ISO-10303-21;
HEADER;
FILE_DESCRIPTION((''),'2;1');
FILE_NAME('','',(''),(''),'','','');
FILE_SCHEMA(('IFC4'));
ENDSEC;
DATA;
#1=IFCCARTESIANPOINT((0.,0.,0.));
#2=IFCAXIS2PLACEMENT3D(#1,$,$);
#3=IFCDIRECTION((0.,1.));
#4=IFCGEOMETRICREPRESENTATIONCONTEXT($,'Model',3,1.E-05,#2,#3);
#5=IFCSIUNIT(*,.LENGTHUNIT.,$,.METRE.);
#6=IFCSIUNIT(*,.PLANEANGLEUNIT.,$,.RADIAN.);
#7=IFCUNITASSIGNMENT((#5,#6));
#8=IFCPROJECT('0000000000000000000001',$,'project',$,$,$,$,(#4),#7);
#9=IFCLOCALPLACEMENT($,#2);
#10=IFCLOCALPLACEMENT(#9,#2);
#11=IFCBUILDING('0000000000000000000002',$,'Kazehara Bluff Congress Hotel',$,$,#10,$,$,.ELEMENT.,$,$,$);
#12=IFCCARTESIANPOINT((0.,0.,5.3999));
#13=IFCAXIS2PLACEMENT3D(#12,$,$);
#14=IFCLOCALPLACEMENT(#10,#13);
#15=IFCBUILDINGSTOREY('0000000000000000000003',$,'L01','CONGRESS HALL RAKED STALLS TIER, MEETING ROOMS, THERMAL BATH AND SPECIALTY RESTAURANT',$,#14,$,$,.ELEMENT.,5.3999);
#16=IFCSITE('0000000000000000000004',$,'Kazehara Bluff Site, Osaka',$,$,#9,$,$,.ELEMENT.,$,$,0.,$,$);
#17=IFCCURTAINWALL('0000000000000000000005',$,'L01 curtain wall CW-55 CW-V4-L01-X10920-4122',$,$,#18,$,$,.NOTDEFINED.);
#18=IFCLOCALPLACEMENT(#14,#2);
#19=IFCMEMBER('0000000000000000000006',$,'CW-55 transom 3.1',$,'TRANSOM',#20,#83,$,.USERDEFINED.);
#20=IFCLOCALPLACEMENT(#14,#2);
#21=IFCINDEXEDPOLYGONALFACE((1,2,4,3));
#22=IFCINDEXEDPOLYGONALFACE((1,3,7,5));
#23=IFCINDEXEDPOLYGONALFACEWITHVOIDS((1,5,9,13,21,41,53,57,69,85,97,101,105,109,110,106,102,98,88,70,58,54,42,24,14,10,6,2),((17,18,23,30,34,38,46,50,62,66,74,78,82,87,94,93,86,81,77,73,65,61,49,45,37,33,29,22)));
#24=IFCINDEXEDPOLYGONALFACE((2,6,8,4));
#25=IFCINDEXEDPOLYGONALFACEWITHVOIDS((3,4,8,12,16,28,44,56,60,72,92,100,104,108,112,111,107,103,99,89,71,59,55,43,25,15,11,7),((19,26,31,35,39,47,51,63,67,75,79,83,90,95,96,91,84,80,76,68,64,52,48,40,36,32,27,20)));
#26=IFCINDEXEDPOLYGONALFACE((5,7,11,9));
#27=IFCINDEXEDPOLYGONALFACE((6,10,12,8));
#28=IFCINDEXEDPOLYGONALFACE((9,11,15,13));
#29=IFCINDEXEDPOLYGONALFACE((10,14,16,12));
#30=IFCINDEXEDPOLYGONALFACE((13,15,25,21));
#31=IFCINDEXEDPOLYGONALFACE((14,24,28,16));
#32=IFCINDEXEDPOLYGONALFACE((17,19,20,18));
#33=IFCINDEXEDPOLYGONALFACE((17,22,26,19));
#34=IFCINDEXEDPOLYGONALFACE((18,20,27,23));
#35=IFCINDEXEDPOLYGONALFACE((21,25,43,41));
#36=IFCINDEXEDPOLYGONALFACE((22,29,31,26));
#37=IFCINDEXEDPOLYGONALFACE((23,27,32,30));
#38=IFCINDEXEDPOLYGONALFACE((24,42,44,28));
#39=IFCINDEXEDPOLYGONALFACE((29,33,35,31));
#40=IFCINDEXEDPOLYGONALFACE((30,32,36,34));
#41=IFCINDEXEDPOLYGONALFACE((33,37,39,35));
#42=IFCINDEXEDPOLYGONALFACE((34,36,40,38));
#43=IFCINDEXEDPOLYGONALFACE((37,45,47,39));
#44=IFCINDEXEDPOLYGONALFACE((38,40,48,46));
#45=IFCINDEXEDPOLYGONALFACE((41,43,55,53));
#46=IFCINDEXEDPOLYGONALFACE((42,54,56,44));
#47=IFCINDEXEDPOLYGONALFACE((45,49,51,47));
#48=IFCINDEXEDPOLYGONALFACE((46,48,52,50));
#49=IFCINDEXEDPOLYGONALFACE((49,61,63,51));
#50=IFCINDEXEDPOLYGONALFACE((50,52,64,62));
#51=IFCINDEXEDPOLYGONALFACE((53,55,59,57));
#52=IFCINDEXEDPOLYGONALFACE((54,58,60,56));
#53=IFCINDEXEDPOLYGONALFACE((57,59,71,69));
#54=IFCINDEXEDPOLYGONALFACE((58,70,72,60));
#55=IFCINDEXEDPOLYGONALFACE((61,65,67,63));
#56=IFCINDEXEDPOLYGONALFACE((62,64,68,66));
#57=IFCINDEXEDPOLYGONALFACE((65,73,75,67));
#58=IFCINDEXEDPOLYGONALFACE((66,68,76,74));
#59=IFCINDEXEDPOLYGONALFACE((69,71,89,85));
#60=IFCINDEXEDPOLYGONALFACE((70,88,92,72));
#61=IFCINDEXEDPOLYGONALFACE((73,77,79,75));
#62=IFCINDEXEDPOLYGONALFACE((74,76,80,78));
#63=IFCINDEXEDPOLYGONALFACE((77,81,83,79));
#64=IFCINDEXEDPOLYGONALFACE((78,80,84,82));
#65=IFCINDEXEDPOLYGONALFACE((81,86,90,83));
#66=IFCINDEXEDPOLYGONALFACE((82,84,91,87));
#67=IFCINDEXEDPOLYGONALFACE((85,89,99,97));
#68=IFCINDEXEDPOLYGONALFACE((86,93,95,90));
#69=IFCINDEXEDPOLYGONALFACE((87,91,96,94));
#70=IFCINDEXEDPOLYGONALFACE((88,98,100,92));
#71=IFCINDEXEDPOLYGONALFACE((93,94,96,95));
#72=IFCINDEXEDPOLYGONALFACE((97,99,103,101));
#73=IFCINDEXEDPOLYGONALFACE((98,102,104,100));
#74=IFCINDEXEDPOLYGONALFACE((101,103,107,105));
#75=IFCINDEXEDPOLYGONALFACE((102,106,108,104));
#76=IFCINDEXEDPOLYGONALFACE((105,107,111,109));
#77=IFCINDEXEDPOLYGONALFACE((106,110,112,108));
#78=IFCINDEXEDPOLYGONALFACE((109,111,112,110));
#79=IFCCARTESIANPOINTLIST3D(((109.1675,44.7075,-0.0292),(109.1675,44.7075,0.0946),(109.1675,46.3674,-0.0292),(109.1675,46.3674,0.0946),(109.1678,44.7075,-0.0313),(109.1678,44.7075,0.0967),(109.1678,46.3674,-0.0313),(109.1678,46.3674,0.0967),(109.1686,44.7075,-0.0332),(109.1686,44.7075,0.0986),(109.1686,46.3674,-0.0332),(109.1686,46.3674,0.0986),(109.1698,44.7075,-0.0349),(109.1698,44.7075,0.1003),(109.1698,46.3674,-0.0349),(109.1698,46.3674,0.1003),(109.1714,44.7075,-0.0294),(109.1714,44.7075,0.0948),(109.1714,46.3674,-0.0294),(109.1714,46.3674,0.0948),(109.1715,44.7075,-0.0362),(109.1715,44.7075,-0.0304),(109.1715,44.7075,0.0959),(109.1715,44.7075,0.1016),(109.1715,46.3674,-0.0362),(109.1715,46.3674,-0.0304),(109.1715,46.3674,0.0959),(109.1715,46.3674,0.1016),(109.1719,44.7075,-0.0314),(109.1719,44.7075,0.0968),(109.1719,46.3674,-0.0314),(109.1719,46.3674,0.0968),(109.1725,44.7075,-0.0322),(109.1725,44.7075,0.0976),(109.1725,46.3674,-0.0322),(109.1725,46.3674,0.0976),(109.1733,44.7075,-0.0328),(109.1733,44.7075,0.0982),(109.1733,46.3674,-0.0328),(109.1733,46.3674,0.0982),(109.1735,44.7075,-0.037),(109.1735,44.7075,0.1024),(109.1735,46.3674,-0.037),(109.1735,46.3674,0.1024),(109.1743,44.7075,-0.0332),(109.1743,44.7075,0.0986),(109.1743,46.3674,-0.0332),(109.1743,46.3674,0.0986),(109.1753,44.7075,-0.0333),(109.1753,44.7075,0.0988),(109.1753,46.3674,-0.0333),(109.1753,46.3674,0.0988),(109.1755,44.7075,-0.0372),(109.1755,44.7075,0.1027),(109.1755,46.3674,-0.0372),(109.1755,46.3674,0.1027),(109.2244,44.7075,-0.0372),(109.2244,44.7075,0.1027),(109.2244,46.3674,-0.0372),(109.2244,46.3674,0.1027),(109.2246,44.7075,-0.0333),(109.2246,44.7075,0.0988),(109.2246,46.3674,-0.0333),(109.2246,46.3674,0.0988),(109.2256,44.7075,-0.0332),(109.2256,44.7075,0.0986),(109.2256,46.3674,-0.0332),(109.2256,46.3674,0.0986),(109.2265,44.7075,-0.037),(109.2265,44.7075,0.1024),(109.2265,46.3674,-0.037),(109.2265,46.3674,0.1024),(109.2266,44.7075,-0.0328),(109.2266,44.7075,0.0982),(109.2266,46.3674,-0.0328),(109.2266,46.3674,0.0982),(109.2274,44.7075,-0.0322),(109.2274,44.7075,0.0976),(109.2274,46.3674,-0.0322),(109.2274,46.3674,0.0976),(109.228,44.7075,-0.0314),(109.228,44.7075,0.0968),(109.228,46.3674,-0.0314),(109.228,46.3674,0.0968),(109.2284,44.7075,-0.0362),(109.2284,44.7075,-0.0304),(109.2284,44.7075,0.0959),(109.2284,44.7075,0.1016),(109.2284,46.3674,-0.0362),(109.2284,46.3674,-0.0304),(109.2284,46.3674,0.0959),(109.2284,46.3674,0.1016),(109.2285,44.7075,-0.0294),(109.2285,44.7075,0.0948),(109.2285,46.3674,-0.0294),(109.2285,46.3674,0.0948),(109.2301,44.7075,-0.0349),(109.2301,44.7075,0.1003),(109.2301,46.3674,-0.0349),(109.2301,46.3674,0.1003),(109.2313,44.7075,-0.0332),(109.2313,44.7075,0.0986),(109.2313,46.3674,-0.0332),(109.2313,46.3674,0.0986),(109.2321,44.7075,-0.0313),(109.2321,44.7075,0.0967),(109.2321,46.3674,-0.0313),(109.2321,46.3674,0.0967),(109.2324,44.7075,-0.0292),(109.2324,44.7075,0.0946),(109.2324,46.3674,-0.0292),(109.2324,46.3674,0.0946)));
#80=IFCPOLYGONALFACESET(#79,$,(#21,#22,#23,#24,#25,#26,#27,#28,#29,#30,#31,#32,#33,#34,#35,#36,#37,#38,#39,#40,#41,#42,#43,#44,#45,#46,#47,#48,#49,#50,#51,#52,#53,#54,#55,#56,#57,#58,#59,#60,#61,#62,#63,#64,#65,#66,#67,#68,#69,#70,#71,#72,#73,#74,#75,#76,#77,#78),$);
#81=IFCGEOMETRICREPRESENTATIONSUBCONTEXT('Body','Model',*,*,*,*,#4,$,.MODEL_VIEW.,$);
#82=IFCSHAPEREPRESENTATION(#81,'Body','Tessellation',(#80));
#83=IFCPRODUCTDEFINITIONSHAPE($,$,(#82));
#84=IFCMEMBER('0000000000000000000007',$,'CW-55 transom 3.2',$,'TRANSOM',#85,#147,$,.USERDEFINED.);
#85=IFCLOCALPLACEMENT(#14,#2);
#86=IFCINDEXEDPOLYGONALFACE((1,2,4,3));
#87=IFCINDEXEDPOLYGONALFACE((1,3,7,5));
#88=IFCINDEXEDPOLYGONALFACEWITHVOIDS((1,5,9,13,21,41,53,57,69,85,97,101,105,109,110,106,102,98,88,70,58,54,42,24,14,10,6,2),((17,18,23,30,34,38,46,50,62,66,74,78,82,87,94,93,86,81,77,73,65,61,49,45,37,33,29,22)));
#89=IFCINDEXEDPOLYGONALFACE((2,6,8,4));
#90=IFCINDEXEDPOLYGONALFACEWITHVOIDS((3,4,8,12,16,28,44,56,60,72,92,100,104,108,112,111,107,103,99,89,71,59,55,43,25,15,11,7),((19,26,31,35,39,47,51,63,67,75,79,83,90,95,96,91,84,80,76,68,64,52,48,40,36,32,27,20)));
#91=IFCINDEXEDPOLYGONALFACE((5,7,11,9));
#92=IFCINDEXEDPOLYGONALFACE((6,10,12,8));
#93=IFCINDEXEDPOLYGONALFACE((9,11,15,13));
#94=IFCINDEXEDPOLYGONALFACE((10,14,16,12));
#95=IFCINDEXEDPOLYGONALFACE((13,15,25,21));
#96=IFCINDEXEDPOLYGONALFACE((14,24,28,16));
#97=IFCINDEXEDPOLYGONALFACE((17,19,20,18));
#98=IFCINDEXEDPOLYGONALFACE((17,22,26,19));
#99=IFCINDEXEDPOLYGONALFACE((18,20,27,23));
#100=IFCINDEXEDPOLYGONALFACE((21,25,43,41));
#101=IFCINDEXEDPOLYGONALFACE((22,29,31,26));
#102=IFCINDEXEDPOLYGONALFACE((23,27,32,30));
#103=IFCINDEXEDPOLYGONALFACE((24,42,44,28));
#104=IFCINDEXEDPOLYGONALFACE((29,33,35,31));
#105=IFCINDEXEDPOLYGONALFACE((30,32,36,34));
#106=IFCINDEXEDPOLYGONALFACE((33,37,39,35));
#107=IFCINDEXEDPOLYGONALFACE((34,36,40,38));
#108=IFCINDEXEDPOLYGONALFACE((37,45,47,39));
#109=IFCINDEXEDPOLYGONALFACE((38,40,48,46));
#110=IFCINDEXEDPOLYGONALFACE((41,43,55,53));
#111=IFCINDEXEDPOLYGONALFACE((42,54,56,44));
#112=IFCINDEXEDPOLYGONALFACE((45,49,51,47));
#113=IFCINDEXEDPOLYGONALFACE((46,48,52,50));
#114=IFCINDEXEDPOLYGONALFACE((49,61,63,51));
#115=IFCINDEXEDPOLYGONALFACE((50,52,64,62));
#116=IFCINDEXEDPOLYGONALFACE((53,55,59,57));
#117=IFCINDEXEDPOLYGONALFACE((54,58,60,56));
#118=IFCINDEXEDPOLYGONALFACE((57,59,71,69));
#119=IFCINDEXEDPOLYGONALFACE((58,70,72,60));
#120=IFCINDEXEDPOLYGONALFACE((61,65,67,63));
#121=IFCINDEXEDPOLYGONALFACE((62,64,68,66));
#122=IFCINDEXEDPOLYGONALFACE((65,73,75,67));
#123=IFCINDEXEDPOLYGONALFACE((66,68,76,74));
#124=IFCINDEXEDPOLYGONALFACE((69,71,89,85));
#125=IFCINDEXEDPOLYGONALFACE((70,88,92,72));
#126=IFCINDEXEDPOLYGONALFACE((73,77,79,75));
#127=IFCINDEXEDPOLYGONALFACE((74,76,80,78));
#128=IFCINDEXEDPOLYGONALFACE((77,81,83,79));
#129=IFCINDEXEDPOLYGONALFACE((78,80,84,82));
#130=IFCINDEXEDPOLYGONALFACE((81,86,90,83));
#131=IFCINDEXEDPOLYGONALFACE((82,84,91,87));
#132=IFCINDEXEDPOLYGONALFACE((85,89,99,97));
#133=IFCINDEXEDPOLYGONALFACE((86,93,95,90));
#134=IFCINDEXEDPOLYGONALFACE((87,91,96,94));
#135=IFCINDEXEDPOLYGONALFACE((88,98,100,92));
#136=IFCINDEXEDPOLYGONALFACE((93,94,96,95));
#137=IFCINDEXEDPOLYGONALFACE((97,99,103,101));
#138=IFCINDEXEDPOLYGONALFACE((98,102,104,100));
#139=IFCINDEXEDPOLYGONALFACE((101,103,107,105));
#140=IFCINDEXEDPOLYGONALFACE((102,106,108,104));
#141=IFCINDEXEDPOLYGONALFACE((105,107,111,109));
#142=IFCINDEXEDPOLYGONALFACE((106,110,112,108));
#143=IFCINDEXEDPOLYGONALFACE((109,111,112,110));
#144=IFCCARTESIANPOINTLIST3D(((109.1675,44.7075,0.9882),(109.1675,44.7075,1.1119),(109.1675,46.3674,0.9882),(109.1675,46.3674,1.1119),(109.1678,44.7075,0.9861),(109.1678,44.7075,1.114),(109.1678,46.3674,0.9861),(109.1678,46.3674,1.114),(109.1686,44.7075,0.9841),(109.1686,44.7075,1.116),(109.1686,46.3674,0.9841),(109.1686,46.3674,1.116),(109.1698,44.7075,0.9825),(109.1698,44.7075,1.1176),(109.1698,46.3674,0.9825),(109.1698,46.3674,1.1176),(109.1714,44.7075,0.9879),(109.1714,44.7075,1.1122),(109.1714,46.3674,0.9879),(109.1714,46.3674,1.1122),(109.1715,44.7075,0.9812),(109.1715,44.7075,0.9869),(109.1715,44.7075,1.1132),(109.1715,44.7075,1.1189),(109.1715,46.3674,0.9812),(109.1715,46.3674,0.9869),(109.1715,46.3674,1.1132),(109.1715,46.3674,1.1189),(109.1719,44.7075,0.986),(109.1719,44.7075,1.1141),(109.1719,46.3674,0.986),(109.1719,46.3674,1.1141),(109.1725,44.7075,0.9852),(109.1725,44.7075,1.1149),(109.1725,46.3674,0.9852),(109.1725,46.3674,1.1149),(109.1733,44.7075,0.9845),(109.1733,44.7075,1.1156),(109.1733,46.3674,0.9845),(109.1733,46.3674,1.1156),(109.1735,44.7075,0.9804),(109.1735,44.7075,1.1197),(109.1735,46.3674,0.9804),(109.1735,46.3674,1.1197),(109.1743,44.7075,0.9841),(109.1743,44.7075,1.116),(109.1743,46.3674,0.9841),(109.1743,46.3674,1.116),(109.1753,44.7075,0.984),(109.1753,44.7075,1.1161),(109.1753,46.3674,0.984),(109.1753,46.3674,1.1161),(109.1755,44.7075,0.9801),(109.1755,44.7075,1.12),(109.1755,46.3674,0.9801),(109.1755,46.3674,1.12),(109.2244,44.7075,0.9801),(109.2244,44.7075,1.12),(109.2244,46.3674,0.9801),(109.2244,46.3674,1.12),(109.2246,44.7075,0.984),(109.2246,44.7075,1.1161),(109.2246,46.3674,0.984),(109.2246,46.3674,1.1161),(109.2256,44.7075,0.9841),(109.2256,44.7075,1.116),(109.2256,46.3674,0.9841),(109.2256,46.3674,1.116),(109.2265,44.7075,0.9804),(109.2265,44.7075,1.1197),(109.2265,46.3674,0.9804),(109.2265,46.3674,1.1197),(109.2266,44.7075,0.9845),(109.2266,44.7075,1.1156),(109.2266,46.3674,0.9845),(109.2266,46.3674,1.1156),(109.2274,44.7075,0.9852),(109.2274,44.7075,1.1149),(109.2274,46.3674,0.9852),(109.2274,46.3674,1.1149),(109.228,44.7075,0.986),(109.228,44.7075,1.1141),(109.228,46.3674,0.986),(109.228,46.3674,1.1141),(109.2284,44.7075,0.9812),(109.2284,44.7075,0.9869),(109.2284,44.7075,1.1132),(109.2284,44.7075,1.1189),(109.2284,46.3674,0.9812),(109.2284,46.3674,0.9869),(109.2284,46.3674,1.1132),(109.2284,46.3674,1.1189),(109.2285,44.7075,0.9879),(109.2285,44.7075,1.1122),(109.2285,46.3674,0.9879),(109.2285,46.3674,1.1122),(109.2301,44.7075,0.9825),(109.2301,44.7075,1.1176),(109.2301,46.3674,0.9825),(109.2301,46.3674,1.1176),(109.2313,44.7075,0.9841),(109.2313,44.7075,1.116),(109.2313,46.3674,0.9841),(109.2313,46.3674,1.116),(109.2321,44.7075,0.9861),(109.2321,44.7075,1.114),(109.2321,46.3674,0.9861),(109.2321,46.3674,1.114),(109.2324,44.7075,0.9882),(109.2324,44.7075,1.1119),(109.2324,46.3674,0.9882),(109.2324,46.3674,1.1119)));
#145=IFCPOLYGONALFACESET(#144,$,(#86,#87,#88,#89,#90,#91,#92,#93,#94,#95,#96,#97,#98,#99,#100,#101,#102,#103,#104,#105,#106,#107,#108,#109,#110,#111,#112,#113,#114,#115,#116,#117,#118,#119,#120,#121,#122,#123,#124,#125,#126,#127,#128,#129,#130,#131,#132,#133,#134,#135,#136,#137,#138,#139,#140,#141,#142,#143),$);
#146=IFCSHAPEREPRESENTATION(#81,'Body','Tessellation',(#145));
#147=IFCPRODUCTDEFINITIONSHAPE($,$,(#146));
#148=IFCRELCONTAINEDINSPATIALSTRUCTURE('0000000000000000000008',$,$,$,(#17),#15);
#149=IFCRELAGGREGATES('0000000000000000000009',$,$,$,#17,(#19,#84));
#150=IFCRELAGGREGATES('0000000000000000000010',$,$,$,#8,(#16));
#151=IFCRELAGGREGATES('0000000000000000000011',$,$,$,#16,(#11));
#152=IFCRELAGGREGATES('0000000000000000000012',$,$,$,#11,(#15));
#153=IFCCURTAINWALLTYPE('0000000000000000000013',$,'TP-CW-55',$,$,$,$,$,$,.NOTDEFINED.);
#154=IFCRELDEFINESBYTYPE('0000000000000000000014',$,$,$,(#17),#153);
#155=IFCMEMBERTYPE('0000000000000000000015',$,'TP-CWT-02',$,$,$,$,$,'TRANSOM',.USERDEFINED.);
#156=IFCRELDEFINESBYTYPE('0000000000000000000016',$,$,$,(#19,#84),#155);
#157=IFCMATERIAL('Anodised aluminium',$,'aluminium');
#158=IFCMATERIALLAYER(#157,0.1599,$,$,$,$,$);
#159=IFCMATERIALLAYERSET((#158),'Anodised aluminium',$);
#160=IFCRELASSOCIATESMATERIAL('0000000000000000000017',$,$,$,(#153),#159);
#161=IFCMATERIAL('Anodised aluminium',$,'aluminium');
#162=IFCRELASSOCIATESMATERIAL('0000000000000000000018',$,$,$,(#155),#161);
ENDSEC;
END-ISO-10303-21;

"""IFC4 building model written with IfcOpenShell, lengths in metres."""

from ifc_helpers import new_model, si_unit, direction, frame, origin, origin_2d, place, context, subcontext, project, spatial, hollow_rectangle, extrude, material, layer, layer_set, material_profile, profile_set, type_object, element, aggregate, save


model = new_model("IFC4")

# Units and contexts
model_context = context("Model", 3, precision=1e-05, world=origin(), true_north=direction((0.0, 1.0)))
body_context = subcontext(model_context, "Body", "Model", "MODEL_VIEW")
ifc_project = project(units=[si_unit("LENGTHUNIT", "METRE"), si_unit("PLANEANGLEUNIT", "RADIAN")], contexts=[model_context])

# Site, building, storey
site_placement = place(None, origin())
site = spatial("IfcSite", under=ifc_project, at=site_placement, Name="Kazehara Bluff Site, Osaka", CompositionType="ELEMENT", RefElevation=0.0)
building_placement = place(site_placement, origin())
building = spatial("IfcBuilding", under=site, at=building_placement, Name="Kazehara Bluff Congress Hotel", CompositionType="ELEMENT")
storey_placement = place(building_placement, frame((0.0, 0.0, 5.3999)))
storey = spatial("IfcBuildingStorey", under=building, at=storey_placement, Name="L01", Description="CONGRESS HALL RAKED STALLS TIER, MEETING ROOMS, THERMAL BATH AND SPECIALTY RESTAURANT", CompositionType="ELEMENT", Elevation=5.3999)

# Curtain wall
ifc_material_1 = material(Name="Anodised aluminium", Category="aluminium")
ifc_layer_1 = layer(ifc_material_1, 0.1599)
ifc_layer_set_1 = layer_set([ifc_layer_1], Name="Anodised aluminium")
curtain_wall_type_1 = type_object("IfcCurtainWallType", Name="TP-CW-55", PredefinedType="NOTDEFINED", material=ifc_layer_set_1)
curtain_wall_1_placement = place(storey_placement, origin())
curtain_wall_1 = element("IfcCurtainWall", 1, at=curtain_wall_1_placement, inside=storey, type_object=curtain_wall_type_1, Name="L01 curtain wall CW-55 CW-V4-L01-X10920-4122", PredefinedType="NOTDEFINED")

# Members
ifc_material_2 = material(Name="Anodised aluminium", Category="aluminium")
ifc_material_profile_1 = material_profile(ifc_material_2, hollow_rectangle(XDim=0.0649, YDim=0.1399, WallThickness=0.0039, InnerFilletRadius=0.0039, OuterFilletRadius=0.0081, at=origin_2d()))
ifc_profile_set_1 = profile_set([ifc_material_profile_1], Name="Anodised aluminium")
member_type_1 = type_object("IfcMemberType", Name="TP-CWT-02", ElementType="TRANSOM", PredefinedType="USERDEFINED", material=ifc_profile_set_1)
member_1_placement = place(storey_placement, frame((109.2, 44.7075, 0.0327), z_axis=(0.0, 1.0, 0.0), x_axis=(-1.0, 0.0, 0.0)))
member_1 = element("IfcMember", 2, at=member_1_placement, type_object=member_type_1, Name="CW-55 transom 3.1", ObjectType="TRANSOM", PredefinedType="USERDEFINED", context=body_context, shape_type="SweptSolid", body=[
    extrude(hollow_rectangle(XDim=0.0649, YDim=0.1399, WallThickness=0.0039, InnerFilletRadius=0.0039, OuterFilletRadius=0.0081, at=origin_2d()), origin(), (0.0, 0.0, 1.0), 1.6599),
])
member_2_placement = place(storey_placement, frame((109.2, 44.7075, 1.05), z_axis=(0.0, 1.0, 0.0), x_axis=(-1.0, 0.0, 0.0)))
member_2 = element("IfcMember", 3, at=member_2_placement, type_object=member_type_1, Name="CW-55 transom 3.2", ObjectType="TRANSOM", PredefinedType="USERDEFINED", context=body_context, shape_type="SweptSolid", body=[
    extrude(hollow_rectangle(XDim=0.0649, YDim=0.1399, WallThickness=0.0039, InnerFilletRadius=0.0039, OuterFilletRadius=0.0081, at=origin_2d()), origin(), (0.0, 0.0, 1.0), 1.6599),
])

aggregate(curtain_wall_1, [member_1, member_2])

save(model, "model.ifc")
